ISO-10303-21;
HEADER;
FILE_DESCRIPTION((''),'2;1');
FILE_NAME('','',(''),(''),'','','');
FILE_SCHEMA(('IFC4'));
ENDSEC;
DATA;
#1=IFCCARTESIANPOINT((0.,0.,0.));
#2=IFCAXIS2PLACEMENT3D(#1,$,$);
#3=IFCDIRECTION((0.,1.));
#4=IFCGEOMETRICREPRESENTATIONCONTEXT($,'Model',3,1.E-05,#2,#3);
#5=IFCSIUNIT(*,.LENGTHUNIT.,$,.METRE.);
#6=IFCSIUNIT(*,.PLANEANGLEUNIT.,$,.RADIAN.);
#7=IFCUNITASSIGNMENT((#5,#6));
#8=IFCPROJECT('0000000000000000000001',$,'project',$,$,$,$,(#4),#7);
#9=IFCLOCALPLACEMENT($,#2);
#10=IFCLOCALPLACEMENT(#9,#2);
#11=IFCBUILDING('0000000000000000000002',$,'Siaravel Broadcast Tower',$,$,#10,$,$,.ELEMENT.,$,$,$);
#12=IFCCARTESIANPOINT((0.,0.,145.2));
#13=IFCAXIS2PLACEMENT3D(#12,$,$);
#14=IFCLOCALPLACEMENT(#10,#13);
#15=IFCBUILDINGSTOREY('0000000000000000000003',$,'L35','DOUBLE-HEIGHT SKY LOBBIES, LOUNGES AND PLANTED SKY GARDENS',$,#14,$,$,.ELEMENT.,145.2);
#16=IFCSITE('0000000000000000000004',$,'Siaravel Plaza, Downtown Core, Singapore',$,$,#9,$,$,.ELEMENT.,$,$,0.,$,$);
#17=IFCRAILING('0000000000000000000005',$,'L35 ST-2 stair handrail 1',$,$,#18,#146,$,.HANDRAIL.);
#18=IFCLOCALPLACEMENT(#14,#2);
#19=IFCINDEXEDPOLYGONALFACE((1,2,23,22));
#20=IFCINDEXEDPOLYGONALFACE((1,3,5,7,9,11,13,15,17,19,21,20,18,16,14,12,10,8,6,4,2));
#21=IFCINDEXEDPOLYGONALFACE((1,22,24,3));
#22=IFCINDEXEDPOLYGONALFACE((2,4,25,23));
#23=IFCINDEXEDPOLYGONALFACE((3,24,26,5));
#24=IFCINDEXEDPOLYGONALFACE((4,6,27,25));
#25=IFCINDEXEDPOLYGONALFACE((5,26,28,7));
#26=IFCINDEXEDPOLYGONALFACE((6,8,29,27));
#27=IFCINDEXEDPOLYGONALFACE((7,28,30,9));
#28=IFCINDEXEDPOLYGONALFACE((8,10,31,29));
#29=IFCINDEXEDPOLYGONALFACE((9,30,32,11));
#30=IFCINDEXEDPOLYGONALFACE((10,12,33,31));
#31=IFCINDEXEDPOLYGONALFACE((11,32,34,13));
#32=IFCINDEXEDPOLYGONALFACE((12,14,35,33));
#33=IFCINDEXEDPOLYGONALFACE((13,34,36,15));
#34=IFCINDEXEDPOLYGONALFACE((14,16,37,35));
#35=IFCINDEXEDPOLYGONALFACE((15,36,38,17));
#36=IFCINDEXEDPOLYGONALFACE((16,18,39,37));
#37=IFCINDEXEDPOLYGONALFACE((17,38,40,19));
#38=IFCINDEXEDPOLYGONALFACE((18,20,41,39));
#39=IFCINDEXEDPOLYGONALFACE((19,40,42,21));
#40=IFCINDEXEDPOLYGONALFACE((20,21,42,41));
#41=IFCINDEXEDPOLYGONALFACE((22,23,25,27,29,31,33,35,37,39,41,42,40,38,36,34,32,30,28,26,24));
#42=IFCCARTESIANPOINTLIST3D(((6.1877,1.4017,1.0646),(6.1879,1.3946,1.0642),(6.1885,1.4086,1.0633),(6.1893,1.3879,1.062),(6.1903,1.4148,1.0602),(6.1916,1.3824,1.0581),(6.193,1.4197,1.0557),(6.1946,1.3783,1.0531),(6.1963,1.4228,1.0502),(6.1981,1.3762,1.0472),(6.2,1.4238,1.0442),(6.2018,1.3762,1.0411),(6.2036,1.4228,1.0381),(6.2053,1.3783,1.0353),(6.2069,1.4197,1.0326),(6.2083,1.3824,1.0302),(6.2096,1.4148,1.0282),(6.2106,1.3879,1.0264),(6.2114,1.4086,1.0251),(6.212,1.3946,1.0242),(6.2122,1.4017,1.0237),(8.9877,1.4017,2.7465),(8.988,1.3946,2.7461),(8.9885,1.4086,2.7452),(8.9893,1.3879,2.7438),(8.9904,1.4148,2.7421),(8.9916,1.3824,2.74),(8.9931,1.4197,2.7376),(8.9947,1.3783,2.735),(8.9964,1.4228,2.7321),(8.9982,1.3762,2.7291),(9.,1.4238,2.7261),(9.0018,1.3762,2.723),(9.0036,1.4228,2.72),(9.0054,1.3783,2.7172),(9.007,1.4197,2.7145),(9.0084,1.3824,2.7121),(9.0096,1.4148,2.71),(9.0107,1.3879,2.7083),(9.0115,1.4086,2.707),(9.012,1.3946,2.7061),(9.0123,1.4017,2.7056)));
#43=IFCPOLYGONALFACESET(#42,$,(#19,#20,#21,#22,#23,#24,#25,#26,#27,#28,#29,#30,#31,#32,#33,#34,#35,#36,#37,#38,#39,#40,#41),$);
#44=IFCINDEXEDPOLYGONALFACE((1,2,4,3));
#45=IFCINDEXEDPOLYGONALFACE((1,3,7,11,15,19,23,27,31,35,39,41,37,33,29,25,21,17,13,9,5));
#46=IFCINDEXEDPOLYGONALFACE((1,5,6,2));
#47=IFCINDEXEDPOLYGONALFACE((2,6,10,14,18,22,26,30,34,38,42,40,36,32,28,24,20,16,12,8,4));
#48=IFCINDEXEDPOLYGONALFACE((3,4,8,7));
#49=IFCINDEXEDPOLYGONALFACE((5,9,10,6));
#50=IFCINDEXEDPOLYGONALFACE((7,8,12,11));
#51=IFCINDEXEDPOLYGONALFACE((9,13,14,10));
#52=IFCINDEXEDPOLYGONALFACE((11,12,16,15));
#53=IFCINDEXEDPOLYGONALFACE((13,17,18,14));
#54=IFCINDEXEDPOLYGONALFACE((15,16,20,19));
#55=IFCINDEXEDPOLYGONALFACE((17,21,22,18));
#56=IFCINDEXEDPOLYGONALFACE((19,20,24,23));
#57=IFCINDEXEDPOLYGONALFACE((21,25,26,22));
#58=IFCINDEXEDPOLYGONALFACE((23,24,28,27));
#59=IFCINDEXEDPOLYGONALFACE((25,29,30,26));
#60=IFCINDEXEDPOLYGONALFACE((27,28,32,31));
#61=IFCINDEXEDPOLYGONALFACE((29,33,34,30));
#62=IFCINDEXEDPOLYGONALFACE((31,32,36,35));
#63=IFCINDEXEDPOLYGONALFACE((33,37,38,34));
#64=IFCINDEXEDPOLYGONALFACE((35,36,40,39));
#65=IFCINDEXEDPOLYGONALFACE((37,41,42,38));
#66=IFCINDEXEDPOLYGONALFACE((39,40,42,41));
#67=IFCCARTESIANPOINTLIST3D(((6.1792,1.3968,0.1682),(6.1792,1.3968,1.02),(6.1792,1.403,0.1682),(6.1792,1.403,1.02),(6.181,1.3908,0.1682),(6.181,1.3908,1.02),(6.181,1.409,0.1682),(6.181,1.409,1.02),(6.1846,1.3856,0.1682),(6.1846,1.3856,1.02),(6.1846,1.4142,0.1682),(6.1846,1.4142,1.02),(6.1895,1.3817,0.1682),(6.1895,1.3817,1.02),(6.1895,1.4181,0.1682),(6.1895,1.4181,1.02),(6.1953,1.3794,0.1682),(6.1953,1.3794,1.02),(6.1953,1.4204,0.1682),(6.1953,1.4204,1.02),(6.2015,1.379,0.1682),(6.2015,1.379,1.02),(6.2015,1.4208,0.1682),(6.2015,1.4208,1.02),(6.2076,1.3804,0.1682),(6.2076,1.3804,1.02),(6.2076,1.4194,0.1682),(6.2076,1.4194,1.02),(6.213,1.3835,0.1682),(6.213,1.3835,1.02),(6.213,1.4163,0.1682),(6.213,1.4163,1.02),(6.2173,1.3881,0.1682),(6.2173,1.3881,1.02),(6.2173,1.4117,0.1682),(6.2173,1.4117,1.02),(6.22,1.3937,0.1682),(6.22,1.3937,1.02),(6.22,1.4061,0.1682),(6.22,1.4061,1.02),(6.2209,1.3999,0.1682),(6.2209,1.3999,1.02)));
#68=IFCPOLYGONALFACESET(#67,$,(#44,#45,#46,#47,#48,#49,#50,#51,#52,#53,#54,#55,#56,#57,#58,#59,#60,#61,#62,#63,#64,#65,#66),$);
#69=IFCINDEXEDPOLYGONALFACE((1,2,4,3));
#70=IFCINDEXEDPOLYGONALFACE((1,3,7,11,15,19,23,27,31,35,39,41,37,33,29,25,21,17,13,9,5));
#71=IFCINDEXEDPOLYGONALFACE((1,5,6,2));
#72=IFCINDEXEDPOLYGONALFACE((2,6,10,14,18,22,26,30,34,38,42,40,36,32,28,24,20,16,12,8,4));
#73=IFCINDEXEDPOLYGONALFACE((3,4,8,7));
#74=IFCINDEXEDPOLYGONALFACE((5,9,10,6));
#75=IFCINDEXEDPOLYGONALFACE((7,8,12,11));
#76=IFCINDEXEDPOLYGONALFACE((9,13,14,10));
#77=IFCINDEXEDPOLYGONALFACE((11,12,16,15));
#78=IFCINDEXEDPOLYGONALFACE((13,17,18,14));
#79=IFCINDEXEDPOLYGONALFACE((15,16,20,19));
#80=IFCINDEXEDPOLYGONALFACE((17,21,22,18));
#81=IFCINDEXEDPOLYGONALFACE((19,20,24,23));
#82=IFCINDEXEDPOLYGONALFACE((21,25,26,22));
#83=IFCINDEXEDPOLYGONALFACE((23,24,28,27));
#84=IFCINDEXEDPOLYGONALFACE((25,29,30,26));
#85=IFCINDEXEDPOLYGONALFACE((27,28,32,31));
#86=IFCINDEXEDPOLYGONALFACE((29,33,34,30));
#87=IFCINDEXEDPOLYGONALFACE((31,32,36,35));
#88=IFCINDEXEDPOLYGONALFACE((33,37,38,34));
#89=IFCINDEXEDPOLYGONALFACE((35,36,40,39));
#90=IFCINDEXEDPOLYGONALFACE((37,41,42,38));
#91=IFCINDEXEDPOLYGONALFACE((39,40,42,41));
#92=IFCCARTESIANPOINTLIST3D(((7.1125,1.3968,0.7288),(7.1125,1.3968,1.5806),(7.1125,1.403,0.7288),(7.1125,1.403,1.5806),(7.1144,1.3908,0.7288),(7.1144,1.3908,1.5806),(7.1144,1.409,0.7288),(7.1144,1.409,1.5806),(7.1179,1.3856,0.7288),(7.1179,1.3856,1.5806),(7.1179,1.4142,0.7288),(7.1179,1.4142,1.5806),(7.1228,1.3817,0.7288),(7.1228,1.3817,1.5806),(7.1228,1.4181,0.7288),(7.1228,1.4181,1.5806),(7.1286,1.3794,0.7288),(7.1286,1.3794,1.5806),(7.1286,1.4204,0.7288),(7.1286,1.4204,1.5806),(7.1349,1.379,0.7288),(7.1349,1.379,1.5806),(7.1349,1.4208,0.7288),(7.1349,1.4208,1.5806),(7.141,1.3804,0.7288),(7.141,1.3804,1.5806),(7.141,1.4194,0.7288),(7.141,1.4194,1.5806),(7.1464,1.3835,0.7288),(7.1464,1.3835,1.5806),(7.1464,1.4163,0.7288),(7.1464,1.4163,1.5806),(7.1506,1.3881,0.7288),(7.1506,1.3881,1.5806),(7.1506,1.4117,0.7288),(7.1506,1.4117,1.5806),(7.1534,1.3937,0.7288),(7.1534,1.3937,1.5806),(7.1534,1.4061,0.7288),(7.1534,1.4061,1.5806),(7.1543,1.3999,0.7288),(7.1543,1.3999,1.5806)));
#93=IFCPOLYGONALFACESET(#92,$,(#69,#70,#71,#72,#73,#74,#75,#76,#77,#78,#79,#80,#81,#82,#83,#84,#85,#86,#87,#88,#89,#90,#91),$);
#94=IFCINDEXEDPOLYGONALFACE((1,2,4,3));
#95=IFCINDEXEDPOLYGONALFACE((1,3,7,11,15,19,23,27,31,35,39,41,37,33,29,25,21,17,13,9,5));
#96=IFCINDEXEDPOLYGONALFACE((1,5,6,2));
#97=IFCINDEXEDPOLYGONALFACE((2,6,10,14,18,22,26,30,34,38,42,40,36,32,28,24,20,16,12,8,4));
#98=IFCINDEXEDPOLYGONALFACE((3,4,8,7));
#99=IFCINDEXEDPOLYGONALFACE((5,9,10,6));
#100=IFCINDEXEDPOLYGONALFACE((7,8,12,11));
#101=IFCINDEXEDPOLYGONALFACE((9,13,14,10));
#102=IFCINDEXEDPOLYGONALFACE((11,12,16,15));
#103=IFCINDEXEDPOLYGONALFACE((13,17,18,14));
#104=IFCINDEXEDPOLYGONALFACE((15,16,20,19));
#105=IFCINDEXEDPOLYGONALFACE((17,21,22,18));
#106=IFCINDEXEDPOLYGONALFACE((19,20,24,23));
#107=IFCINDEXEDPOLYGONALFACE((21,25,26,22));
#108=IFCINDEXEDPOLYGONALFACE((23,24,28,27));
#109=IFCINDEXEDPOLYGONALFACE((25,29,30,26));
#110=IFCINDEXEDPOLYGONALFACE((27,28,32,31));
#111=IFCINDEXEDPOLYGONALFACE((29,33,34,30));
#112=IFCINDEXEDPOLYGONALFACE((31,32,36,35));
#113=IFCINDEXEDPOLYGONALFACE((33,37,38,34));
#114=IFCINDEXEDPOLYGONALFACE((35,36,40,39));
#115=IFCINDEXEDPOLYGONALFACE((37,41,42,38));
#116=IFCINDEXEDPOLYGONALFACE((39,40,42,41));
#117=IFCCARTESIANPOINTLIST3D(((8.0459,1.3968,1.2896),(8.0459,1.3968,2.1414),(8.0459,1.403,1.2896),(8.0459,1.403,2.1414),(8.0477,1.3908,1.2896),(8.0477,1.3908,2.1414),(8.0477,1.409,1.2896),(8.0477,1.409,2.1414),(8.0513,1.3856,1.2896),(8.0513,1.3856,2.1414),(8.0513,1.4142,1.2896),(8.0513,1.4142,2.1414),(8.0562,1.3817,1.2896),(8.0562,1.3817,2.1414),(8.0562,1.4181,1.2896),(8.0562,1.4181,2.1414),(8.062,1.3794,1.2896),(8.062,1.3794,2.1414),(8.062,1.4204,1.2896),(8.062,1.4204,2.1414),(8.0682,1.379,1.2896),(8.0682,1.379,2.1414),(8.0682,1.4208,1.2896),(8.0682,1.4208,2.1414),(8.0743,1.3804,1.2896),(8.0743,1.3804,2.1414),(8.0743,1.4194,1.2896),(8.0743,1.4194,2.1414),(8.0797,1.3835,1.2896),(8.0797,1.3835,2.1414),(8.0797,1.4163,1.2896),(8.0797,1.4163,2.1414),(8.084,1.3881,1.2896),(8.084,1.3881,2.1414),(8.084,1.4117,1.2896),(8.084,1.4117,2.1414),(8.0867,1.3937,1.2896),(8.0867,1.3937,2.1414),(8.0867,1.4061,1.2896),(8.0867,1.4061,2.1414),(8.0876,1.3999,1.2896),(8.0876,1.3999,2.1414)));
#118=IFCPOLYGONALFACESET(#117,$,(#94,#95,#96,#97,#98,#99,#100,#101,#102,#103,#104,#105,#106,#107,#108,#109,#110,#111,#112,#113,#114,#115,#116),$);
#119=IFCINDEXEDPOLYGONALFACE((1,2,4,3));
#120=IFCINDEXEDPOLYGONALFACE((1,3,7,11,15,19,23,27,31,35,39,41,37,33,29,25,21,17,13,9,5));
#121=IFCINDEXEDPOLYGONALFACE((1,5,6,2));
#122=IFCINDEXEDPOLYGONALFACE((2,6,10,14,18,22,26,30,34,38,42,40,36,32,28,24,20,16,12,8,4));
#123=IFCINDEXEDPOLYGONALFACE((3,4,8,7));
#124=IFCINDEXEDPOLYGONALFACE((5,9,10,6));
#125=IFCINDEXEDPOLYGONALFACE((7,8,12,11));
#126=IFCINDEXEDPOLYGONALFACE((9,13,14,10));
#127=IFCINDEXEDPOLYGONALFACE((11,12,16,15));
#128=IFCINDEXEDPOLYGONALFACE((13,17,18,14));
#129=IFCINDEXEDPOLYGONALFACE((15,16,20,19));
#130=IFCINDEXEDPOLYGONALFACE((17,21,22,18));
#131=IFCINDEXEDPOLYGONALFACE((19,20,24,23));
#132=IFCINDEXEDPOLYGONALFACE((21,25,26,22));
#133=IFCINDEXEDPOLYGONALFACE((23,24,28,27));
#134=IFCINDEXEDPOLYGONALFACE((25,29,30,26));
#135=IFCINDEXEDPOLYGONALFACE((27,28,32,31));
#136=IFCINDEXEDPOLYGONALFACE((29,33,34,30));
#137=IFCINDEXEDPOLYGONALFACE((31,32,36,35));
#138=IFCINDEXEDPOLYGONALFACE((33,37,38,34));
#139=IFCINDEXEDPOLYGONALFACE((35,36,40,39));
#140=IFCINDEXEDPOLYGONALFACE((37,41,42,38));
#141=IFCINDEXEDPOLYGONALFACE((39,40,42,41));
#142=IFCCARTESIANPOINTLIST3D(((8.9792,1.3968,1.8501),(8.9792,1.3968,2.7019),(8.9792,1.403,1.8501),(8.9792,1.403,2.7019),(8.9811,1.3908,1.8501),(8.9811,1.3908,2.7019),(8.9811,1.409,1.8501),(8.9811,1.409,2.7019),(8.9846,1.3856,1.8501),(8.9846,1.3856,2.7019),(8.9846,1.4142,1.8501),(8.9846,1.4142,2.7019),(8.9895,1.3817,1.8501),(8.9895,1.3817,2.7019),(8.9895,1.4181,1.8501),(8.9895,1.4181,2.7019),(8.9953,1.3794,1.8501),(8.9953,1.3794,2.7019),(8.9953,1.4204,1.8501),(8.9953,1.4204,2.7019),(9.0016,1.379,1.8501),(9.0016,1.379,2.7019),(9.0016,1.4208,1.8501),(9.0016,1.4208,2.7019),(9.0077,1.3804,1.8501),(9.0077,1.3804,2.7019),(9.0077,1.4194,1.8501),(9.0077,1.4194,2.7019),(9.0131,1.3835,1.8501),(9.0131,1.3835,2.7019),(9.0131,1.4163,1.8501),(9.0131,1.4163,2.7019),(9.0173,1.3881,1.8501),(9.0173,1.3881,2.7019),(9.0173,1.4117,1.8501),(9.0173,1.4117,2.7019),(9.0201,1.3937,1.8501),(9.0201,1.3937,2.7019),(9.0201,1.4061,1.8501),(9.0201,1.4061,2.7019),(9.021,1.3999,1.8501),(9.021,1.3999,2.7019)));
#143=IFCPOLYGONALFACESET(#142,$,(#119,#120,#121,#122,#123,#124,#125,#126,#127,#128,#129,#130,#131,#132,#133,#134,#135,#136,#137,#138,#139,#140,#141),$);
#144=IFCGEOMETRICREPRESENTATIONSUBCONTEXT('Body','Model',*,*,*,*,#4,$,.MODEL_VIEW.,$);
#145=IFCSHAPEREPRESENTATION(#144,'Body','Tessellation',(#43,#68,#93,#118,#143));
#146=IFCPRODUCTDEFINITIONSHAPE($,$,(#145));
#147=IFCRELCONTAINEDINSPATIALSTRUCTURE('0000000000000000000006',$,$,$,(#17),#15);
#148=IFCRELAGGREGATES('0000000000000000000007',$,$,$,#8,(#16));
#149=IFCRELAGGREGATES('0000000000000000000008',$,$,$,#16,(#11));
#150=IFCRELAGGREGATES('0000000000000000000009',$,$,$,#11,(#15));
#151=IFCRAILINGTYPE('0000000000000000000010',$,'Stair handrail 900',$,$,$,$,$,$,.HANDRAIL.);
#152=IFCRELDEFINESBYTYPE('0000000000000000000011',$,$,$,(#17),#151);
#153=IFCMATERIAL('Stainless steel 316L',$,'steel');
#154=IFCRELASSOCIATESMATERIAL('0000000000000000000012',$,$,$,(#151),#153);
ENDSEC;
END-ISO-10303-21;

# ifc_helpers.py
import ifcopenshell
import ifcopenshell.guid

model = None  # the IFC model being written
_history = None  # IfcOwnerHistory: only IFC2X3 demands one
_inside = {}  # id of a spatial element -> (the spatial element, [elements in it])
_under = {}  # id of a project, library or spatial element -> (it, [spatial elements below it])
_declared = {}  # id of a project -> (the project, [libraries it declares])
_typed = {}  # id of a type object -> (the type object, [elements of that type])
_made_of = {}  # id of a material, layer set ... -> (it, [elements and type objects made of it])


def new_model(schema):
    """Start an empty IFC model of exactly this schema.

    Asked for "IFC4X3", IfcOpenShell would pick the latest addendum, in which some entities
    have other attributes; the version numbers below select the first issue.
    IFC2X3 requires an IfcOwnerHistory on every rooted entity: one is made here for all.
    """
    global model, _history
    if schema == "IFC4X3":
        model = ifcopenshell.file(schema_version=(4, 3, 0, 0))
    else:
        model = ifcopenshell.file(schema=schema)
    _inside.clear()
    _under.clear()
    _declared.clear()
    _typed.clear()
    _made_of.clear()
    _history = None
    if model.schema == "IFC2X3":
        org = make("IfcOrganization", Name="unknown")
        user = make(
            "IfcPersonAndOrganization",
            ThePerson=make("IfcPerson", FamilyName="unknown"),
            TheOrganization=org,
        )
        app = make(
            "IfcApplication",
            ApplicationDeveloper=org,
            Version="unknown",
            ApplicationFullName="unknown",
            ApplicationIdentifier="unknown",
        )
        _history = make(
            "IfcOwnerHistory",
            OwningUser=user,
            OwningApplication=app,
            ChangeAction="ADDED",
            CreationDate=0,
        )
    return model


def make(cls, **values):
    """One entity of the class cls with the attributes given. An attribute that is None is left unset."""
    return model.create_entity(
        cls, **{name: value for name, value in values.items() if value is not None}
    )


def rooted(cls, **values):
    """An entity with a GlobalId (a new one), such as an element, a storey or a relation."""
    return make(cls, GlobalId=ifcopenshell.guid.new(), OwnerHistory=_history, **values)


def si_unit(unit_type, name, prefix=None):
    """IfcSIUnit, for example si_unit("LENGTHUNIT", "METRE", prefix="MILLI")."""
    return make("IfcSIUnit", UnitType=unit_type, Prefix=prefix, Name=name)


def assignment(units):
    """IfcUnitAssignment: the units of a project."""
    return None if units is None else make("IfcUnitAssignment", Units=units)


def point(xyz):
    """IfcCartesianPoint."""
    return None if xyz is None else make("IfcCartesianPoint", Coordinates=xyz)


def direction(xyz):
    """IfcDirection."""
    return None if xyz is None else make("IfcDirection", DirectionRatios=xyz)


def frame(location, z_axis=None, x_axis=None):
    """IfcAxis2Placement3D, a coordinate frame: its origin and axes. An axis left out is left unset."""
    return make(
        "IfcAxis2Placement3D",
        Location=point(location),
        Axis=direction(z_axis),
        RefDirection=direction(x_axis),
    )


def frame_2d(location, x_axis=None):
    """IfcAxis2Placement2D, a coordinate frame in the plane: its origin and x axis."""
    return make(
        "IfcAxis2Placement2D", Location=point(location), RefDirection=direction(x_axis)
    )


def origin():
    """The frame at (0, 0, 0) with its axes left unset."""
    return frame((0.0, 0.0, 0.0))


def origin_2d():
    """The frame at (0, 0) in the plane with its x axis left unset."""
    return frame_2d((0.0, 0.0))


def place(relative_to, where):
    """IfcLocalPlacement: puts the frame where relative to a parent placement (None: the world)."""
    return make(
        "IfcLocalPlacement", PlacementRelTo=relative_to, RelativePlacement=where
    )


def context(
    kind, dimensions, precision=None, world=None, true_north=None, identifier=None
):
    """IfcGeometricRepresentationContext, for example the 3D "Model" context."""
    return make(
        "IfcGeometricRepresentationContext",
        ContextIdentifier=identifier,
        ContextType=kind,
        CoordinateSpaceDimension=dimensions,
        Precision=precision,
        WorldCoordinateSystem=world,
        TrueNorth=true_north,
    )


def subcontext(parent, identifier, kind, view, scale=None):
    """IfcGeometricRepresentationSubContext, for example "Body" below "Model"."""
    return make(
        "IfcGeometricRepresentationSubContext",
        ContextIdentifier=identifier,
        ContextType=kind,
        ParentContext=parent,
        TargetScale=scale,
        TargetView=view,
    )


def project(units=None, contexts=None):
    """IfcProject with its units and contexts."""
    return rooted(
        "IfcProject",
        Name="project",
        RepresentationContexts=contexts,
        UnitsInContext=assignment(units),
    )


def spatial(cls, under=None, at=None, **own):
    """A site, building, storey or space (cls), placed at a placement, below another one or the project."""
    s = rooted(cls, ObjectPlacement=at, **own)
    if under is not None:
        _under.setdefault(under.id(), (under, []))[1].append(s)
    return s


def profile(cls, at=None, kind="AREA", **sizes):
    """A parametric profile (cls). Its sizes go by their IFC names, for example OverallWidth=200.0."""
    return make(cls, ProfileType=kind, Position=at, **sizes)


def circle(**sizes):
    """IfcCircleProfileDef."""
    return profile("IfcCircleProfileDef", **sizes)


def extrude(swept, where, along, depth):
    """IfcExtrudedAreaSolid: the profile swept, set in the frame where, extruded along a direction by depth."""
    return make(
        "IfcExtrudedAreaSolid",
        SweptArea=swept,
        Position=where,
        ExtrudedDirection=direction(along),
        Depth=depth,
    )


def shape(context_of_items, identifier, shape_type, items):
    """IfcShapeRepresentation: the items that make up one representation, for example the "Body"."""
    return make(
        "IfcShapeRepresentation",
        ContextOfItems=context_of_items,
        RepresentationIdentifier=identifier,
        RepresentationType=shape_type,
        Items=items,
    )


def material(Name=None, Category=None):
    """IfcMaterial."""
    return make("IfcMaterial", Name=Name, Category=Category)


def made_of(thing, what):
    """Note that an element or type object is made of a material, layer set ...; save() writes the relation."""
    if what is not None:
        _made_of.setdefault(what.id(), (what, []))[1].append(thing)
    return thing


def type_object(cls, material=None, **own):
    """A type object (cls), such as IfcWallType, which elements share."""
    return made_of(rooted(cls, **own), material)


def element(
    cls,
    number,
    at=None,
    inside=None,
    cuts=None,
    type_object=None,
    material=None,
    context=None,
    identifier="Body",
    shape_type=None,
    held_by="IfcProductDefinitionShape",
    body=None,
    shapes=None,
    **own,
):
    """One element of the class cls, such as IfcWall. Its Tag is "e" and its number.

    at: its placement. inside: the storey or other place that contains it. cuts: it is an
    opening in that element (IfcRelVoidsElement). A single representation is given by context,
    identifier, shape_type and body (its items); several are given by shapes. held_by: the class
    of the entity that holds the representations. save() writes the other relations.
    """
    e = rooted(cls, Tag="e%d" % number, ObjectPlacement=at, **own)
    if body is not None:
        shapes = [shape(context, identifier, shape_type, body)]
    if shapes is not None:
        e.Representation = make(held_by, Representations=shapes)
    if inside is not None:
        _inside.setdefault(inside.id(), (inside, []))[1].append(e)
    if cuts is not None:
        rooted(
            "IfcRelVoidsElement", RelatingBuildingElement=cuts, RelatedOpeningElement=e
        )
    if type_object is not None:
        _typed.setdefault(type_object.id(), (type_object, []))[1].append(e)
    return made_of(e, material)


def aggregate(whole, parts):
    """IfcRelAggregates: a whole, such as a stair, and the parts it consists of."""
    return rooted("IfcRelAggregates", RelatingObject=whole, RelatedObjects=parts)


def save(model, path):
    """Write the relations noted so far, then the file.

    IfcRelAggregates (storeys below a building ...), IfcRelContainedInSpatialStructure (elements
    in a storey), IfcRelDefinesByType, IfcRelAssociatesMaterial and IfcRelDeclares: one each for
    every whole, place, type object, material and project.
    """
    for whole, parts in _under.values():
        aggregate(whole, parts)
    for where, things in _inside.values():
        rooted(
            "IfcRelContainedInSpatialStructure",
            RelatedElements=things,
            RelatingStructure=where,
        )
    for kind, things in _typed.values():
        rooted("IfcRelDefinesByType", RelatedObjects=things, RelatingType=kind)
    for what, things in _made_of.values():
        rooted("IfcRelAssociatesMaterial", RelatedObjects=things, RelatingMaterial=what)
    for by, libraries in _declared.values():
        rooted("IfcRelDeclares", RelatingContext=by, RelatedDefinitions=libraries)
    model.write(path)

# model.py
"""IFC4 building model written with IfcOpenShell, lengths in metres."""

from ifc_helpers import new_model, si_unit, direction, frame, origin, origin_2d, place, context, subcontext, project, spatial, circle, extrude, material, type_object, element, save


model = new_model("IFC4")

# Units and contexts
model_context = context("Model", 3, precision=1e-05, world=origin(), true_north=direction((0.0, 1.0)))
body_context = subcontext(model_context, "Body", "Model", "MODEL_VIEW")
ifc_project = project(units=[si_unit("LENGTHUNIT", "METRE"), si_unit("PLANEANGLEUNIT", "RADIAN")], contexts=[model_context])

# Site, building, storey
site_placement = place(None, origin())
site = spatial("IfcSite", under=ifc_project, at=site_placement, Name="Siaravel Plaza, Downtown Core, Singapore", CompositionType="ELEMENT", RefElevation=0.0)
building_placement = place(site_placement, origin())
building = spatial("IfcBuilding", under=site, at=building_placement, Name="Siaravel Broadcast Tower", CompositionType="ELEMENT")
storey_placement = place(building_placement, frame((0.0, 0.0, 145.2)))
storey = spatial("IfcBuildingStorey", under=building, at=storey_placement, Name="L35", Description="DOUBLE-HEIGHT SKY LOBBIES, LOUNGES AND PLANTED SKY GARDENS", CompositionType="ELEMENT", Elevation=145.2)

# Railing
ifc_material_1 = material(Name="Stainless steel 316L", Category="steel")
railing_type_1 = type_object("IfcRailingType", Name="Stair handrail 900", PredefinedType="HANDRAIL", material=ifc_material_1)
for number, where, name in (
    (1, (6.2, 1.3999, 0.1682), "L35 ST-2 stair handrail 1"),
):
    element("IfcRailing", number, at=place(storey_placement, frame(where)), inside=storey, type_object=railing_type_1, Name=name, PredefinedType="HANDRAIL", context=body_context, shape_type="SweptSolid", body=[
        extrude(circle(Radius=0.0239, at=origin_2d()), frame((0.0, 0.0, 0.876), z_axis=(0.857242, 0.0, 0.514913), x_axis=(0.0, 1.0, 0.0)), (0.0, 0.0, 1.0), 3.2664),
        extrude(circle(Radius=0.021, at=origin_2d()), origin(), (0.0, 0.0, 1.0), 0.8518),
        extrude(circle(Radius=0.021, at=origin_2d()), frame((0.9333, 0.0, 0.5605)), (0.0, 0.0, 1.0), 0.8518),
        extrude(circle(Radius=0.021, at=origin_2d()), frame((1.8667, 0.0, 1.1213)), (0.0, 0.0, 1.0), 0.8518),
        extrude(circle(Radius=0.021, at=origin_2d()), frame((2.8, 0.0, 1.6819)), (0.0, 0.0, 1.0), 0.8518),
    ])

save(model, "model.ifc")
